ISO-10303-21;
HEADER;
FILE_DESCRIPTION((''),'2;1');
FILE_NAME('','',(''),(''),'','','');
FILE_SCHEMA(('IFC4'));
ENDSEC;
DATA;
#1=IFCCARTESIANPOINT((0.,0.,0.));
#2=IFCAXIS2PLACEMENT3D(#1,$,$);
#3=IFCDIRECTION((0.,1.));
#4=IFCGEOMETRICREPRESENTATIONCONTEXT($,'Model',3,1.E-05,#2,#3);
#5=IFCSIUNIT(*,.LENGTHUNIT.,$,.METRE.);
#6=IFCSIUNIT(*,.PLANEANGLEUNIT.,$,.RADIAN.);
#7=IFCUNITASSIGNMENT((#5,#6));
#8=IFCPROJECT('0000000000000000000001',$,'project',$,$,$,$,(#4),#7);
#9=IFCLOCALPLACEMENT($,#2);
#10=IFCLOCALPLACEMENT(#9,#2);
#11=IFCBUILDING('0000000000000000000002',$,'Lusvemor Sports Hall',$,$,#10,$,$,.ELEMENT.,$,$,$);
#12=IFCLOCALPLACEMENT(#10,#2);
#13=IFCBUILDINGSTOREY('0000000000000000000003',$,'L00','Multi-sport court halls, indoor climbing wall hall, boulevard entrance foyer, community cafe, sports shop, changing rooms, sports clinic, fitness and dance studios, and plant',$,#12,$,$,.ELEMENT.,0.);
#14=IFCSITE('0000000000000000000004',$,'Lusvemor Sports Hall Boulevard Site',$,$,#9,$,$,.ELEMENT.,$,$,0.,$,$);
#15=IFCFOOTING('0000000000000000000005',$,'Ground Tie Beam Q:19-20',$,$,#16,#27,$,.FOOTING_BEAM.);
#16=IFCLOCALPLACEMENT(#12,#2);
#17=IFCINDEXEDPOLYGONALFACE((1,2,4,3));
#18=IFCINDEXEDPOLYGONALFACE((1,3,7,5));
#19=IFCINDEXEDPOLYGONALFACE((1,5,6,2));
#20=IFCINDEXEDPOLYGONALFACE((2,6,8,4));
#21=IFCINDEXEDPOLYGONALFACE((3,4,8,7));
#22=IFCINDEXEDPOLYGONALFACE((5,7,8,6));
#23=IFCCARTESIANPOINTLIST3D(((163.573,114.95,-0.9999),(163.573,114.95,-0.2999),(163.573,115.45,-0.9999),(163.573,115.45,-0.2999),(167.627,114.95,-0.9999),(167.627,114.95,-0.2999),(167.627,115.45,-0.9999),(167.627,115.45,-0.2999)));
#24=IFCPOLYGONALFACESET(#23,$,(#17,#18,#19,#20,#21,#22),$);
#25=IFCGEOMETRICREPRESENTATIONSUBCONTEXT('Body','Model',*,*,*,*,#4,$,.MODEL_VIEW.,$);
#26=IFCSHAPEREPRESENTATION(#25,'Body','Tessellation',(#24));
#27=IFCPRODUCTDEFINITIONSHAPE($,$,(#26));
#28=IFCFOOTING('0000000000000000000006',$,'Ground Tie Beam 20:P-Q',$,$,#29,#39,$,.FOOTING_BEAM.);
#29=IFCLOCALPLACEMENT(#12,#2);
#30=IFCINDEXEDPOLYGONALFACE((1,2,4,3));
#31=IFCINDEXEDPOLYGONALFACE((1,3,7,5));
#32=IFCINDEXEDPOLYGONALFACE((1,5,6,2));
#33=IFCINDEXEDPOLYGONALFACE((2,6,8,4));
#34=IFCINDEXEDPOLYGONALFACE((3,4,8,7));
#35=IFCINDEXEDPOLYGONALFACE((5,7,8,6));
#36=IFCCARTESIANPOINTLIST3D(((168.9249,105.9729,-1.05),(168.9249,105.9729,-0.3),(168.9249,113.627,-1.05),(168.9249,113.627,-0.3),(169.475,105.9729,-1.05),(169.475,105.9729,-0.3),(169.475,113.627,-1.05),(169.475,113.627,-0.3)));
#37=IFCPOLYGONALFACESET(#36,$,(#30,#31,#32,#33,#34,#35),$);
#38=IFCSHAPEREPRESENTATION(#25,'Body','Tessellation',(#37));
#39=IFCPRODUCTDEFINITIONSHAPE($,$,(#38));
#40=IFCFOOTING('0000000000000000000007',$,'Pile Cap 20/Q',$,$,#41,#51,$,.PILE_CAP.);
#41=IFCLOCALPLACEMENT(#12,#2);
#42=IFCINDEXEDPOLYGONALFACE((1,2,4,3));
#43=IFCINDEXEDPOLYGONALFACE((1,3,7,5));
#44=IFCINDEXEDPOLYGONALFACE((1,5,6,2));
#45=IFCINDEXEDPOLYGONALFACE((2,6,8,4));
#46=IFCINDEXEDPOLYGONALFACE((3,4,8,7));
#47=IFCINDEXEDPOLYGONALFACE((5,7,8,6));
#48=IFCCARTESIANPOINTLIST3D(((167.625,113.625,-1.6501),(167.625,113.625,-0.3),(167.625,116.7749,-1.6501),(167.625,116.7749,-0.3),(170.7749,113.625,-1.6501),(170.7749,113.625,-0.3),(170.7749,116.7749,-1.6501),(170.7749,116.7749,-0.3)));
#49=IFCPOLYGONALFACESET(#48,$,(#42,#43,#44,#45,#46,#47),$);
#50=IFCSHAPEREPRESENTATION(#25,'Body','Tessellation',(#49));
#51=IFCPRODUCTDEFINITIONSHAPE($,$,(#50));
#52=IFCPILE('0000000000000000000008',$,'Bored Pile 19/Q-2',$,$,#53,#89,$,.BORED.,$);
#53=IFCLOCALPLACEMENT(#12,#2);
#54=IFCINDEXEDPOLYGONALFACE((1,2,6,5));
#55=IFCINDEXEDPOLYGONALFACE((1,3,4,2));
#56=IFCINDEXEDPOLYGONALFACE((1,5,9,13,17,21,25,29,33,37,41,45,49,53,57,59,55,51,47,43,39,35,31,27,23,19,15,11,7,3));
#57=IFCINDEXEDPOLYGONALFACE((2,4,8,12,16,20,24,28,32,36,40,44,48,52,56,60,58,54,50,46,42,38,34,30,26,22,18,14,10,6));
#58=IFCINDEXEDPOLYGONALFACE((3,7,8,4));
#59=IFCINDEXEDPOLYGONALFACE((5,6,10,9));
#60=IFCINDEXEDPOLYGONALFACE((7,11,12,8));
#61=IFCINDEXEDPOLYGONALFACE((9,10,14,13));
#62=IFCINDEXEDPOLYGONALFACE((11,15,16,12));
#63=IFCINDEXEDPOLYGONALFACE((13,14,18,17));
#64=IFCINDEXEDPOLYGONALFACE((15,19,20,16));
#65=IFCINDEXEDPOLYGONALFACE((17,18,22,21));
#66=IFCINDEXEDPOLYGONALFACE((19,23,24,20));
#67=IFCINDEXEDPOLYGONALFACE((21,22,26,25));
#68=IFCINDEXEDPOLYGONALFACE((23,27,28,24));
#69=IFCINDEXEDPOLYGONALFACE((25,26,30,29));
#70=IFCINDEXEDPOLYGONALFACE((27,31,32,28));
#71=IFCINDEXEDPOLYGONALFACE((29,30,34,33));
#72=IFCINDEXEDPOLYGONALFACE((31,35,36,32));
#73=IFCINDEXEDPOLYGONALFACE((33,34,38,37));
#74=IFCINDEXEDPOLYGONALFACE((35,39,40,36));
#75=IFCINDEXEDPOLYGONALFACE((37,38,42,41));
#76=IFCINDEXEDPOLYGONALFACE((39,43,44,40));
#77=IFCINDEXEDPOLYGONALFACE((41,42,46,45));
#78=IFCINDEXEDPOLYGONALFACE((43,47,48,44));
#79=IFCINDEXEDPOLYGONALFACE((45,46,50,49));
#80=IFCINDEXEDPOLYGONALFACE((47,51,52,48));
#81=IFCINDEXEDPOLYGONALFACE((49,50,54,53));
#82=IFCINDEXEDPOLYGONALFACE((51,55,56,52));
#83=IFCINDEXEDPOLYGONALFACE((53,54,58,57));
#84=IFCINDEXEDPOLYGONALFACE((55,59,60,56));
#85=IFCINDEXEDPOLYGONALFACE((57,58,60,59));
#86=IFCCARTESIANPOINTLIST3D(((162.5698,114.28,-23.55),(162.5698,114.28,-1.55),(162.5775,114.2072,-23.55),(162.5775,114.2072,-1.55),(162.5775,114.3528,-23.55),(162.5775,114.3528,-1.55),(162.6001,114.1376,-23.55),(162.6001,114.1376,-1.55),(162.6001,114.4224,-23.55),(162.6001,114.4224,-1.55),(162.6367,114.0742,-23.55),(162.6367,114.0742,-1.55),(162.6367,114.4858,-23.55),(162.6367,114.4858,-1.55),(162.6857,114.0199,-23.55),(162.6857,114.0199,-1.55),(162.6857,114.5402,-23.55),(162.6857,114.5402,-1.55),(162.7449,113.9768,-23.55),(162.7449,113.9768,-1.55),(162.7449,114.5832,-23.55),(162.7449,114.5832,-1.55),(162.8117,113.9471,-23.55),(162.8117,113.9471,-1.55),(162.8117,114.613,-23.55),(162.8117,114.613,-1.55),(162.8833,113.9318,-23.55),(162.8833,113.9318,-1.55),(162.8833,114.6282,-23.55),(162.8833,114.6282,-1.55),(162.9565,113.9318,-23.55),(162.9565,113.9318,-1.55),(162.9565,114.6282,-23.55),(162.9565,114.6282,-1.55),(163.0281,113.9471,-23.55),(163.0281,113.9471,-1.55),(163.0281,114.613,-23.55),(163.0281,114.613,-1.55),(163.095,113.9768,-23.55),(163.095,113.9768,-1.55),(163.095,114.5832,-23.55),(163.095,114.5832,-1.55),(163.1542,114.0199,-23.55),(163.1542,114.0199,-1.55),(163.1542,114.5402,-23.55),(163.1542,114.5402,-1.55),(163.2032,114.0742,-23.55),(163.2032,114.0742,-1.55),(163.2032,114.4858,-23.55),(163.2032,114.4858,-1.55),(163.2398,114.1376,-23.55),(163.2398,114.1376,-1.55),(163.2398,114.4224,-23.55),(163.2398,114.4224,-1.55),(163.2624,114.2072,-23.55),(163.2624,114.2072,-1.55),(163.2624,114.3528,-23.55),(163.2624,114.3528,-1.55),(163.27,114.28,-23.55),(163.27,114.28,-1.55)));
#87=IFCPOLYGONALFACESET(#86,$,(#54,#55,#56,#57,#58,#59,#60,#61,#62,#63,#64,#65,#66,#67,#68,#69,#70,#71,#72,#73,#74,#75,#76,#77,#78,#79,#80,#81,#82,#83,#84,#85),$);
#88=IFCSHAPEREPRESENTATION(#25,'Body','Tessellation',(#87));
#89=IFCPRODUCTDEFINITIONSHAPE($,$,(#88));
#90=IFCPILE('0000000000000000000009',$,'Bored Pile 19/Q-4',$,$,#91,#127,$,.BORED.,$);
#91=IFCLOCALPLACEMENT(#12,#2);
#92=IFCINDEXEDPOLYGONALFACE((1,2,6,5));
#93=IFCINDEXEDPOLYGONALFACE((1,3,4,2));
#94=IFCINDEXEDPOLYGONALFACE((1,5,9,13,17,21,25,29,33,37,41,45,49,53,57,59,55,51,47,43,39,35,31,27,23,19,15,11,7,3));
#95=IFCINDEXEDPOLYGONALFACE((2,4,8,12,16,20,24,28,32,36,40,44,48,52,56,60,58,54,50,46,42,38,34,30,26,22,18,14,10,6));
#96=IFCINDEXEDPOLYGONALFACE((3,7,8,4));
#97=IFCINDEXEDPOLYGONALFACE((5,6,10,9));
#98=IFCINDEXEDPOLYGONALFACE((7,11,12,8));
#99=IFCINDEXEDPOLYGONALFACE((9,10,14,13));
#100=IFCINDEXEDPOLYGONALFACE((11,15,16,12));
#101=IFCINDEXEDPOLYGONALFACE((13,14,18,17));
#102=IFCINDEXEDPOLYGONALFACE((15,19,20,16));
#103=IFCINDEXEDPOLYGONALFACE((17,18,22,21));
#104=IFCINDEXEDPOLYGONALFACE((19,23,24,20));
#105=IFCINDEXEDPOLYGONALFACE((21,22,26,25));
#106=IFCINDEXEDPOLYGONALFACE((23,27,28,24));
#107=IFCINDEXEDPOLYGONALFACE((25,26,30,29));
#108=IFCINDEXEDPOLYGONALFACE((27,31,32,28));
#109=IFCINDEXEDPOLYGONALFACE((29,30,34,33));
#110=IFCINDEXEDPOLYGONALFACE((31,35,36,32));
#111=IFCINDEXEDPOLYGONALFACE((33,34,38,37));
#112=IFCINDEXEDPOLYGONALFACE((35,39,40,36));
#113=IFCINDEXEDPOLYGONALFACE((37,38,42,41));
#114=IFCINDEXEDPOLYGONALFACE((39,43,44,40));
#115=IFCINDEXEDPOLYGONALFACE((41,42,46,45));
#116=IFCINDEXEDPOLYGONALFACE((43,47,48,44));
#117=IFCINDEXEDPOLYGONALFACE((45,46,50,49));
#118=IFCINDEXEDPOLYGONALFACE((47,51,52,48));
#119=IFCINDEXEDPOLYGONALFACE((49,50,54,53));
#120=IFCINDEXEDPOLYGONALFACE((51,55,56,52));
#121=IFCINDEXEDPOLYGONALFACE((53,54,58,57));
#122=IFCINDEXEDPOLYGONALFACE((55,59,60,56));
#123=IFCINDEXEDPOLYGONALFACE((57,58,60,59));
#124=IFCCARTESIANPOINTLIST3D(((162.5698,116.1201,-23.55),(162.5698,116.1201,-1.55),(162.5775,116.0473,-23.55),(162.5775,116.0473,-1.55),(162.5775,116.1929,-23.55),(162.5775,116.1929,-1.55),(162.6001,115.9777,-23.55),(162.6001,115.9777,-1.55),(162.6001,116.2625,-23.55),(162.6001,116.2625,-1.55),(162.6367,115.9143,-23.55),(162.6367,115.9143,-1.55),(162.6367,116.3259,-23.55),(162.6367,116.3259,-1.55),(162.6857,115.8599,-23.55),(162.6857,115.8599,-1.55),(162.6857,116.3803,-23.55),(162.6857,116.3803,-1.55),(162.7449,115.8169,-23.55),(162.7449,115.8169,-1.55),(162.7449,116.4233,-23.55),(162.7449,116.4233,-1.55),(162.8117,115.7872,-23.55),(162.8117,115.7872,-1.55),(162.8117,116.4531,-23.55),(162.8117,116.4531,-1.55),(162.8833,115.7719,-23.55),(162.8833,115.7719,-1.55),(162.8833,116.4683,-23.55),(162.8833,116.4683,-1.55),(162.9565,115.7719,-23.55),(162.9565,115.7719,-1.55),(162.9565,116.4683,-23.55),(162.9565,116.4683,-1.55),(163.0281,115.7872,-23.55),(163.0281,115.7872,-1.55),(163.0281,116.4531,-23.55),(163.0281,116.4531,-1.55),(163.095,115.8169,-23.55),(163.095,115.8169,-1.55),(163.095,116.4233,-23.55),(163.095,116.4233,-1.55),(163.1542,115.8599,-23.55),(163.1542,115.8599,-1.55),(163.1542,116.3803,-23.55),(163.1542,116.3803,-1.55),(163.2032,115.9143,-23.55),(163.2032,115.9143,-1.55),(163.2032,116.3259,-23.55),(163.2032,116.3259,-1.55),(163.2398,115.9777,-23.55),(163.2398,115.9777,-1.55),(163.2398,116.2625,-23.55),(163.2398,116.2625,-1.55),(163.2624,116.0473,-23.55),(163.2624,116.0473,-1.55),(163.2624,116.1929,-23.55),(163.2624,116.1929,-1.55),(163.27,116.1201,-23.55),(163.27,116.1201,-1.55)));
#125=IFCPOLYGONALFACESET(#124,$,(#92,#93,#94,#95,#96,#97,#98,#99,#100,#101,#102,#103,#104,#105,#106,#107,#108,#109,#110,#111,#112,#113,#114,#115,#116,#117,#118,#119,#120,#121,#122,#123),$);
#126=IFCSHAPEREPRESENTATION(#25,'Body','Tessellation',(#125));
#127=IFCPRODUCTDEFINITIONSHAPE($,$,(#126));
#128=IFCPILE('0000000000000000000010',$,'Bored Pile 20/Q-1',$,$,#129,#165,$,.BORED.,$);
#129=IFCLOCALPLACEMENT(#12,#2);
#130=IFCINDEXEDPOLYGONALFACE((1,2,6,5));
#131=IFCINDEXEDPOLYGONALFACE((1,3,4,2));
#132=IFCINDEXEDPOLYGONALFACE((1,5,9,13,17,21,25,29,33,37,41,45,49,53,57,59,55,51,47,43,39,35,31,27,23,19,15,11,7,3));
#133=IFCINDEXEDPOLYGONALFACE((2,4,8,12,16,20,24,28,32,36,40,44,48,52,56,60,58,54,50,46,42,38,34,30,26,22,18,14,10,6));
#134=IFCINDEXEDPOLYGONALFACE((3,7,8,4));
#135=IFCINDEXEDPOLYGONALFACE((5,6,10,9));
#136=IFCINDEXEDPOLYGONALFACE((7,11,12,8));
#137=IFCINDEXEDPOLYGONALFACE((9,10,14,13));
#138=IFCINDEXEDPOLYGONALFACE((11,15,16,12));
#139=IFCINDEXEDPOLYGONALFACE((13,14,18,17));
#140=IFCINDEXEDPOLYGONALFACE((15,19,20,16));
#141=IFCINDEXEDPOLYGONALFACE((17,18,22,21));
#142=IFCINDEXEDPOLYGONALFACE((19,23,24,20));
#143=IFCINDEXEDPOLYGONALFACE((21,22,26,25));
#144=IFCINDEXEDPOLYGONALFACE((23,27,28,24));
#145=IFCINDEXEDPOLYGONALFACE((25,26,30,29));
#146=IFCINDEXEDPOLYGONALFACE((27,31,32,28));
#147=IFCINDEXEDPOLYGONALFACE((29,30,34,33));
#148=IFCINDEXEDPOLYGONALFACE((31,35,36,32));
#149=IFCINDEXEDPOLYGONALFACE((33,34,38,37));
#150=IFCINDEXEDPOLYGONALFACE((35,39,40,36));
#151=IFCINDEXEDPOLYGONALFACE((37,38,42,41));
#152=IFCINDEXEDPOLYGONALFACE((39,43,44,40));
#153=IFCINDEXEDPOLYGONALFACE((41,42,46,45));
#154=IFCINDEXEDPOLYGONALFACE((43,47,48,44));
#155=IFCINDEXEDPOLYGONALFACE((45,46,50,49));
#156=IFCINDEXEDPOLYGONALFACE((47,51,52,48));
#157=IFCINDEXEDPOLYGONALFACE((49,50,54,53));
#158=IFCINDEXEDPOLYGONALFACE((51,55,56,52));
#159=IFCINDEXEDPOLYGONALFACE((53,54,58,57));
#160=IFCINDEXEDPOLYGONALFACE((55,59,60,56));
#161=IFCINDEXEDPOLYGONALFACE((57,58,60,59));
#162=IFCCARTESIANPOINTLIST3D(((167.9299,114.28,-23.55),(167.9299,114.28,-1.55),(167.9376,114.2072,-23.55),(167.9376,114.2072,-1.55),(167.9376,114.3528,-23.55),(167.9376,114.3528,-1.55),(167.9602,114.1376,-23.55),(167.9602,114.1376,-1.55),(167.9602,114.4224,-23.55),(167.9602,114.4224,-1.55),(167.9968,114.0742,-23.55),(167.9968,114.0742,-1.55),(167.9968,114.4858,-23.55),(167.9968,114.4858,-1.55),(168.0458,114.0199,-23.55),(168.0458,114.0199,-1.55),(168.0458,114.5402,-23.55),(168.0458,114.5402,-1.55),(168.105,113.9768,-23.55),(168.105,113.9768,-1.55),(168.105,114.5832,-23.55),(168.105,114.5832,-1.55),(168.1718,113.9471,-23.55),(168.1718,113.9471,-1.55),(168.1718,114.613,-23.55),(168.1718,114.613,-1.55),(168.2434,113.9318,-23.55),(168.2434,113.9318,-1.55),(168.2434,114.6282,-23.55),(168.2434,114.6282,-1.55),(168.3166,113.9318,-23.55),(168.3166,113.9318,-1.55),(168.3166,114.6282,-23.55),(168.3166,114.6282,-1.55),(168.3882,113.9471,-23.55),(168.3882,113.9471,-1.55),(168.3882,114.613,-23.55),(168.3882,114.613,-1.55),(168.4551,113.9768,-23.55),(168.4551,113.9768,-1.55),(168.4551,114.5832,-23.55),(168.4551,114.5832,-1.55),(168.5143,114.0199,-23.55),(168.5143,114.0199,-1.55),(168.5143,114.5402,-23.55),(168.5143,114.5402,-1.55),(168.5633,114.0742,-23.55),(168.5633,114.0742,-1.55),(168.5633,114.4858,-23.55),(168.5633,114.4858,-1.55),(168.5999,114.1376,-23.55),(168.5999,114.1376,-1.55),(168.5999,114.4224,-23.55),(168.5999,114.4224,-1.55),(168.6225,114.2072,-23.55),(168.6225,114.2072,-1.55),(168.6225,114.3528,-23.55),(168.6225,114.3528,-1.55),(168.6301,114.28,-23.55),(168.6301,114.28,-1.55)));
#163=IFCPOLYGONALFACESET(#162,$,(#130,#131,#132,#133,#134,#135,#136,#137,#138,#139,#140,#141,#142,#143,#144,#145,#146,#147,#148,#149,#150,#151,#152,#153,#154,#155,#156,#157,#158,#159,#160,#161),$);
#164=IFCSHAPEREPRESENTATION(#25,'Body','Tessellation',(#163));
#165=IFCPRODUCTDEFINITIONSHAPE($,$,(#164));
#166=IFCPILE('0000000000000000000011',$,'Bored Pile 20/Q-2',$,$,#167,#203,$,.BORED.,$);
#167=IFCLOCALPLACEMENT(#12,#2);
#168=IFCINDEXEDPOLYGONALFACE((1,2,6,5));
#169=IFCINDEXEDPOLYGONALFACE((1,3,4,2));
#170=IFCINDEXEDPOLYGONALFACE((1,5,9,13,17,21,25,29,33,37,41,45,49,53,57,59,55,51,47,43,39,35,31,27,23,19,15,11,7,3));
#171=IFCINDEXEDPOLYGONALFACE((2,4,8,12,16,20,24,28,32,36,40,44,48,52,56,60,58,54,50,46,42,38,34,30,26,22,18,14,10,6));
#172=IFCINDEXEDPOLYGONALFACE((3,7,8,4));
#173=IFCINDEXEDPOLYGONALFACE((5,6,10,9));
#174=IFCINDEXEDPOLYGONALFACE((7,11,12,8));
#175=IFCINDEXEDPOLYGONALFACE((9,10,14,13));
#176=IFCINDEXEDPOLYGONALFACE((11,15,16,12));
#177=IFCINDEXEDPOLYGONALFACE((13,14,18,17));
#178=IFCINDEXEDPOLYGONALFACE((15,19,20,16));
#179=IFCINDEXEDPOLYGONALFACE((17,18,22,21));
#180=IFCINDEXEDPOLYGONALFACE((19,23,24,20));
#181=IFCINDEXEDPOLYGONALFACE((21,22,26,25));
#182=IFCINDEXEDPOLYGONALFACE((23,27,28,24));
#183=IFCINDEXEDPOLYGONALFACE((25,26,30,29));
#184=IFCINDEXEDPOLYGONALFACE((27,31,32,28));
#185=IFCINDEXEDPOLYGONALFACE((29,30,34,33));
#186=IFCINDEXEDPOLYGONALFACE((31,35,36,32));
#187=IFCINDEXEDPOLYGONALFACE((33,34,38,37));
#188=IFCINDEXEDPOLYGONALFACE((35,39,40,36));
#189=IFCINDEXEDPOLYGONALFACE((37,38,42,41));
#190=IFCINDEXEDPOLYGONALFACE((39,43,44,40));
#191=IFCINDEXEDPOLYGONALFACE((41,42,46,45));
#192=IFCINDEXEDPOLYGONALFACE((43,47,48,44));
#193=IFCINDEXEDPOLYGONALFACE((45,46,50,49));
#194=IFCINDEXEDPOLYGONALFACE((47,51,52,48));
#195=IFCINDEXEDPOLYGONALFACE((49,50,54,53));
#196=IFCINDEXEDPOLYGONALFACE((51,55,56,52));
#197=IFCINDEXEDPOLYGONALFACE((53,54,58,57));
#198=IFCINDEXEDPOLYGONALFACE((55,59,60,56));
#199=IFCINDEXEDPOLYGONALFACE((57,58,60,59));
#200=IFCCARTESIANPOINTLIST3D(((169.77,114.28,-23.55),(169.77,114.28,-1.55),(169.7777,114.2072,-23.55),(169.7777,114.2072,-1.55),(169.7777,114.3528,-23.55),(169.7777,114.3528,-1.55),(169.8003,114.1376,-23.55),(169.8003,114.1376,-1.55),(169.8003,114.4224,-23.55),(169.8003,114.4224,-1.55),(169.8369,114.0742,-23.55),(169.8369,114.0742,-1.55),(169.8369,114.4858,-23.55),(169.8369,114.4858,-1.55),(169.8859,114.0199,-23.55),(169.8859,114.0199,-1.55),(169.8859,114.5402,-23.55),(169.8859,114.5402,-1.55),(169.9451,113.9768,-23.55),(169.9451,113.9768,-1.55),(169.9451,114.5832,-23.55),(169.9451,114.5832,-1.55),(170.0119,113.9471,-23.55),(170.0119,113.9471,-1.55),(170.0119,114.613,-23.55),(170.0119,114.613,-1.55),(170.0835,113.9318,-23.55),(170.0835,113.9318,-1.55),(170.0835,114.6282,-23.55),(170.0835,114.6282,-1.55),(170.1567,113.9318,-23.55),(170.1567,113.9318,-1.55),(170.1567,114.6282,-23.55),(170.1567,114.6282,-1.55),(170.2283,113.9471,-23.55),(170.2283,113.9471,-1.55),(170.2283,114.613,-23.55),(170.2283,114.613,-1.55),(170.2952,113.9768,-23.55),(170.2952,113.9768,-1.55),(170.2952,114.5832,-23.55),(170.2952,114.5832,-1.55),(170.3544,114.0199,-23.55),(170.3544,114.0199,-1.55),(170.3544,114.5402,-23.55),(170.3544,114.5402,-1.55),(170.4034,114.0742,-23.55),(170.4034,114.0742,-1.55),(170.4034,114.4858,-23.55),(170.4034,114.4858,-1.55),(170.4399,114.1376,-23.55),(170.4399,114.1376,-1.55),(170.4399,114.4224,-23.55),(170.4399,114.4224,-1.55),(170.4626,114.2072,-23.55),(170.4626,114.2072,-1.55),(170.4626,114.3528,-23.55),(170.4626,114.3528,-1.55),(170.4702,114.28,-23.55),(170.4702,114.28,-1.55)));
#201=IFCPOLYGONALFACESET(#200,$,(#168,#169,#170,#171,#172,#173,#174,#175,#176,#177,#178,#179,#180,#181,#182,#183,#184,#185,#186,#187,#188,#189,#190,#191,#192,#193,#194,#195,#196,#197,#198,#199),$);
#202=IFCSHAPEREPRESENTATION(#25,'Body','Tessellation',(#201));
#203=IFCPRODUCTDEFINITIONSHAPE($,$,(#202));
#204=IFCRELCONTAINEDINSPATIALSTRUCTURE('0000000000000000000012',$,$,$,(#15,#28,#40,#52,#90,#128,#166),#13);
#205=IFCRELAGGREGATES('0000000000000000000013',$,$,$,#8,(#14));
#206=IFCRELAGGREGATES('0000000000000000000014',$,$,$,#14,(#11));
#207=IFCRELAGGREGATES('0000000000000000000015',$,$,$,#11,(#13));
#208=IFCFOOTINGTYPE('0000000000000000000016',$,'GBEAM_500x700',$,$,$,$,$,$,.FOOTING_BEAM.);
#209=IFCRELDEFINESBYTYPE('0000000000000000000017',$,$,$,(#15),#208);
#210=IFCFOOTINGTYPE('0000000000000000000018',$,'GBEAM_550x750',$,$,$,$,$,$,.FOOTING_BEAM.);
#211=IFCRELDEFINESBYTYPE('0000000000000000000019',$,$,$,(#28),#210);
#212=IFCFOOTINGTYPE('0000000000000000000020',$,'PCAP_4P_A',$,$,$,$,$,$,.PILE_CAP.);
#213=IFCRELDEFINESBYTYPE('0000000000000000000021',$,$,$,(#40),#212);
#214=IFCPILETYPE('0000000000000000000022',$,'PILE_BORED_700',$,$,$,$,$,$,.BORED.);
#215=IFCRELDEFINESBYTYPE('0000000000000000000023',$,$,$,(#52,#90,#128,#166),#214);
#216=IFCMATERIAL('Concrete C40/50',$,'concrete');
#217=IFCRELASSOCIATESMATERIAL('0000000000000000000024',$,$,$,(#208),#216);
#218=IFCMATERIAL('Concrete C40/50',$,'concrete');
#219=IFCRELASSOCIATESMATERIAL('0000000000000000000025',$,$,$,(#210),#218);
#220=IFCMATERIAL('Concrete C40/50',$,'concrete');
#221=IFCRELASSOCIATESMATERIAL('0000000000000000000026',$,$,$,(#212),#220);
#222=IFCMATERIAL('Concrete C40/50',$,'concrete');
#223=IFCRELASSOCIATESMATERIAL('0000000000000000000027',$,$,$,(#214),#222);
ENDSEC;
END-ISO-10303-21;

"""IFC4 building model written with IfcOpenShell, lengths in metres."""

from ifc_helpers import new_model, si_unit, direction, frame, origin, origin_2d, place, context, subcontext, project, spatial, rectangle, circle, extrude, material, material_profile, profile_set, type_object, element, save


model = new_model("IFC4")

# Units and contexts
model_context = context("Model", 3, precision=1e-05, world=origin(), true_north=direction((0.0, 1.0)))
body_context = subcontext(model_context, "Body", "Model", "MODEL_VIEW")
ifc_project = project(units=[si_unit("LENGTHUNIT", "METRE"), si_unit("PLANEANGLEUNIT", "RADIAN")], contexts=[model_context])

# Site, building, storey
site_placement = place(None, origin())
site = spatial("IfcSite", under=ifc_project, at=site_placement, Name="Lusvemor Sports Hall Boulevard Site", CompositionType="ELEMENT", RefElevation=0.0)
building_placement = place(site_placement, origin())
building = spatial("IfcBuilding", under=site, at=building_placement, Name="Lusvemor Sports Hall", CompositionType="ELEMENT")
storey_placement = place(building_placement, origin())
storey = spatial("IfcBuildingStorey", under=building, at=storey_placement, Name="L00", Description="Multi-sport court halls, indoor climbing wall hall, boulevard entrance foyer, community cafe, sports shop, changing rooms, sports clinic, fitness and dance studios, and plant", CompositionType="ELEMENT", Elevation=0.0)

# Footings
ifc_material_1 = material(Name="Concrete C40/50", Category="concrete")
ifc_material_profile_1 = material_profile(ifc_material_1, rectangle(XDim=0.5, YDim=0.7, at=origin_2d()), Name="GB_500x700")
ifc_profile_set_1 = profile_set([ifc_material_profile_1], Name="Concrete C40/50")
footing_type_1 = type_object("IfcFootingType", Name="GBEAM_500x700", PredefinedType="FOOTING_BEAM", material=ifc_profile_set_1)
footing_1_placement = place(storey_placement, frame((163.573, 115.2, -0.6499), z_axis=(1.0, 0.0, 0.0), x_axis=(0.0, 1.0, 0.0)))
element("IfcFooting", 1, at=footing_1_placement, inside=storey, type_object=footing_type_1, Name="Ground Tie Beam Q:19-20", PredefinedType="FOOTING_BEAM", context=body_context, shape_type="SweptSolid", body=[
    extrude(rectangle(XDim=0.5, YDim=0.7, at=origin_2d()), origin(), (0.0, 0.0, 1.0), 4.054),
])
ifc_material_2 = material(Name="Concrete C40/50", Category="concrete")
ifc_material_profile_2 = material_profile(ifc_material_2, rectangle(XDim=0.55, YDim=0.75, at=origin_2d()), Name="GB_550x750")
ifc_profile_set_2 = profile_set([ifc_material_profile_2], Name="Concrete C40/50")
footing_type_2 = type_object("IfcFootingType", Name="GBEAM_550x750", PredefinedType="FOOTING_BEAM", material=ifc_profile_set_2)
footing_2_placement = place(storey_placement, frame((169.2, 105.9729, -0.675), z_axis=(0.0, 1.0, 0.0), x_axis=(-1.0, 0.0, 0.0)))
element("IfcFooting", 2, at=footing_2_placement, inside=storey, type_object=footing_type_2, Name="Ground Tie Beam 20:P-Q", PredefinedType="FOOTING_BEAM", context=body_context, shape_type="SweptSolid", body=[
    extrude(rectangle(XDim=0.55, YDim=0.75, at=origin_2d()), origin(), (0.0, 0.0, 1.0), 7.6541),
])
ifc_material_3 = material(Name="Concrete C40/50", Category="concrete")
footing_type_3 = type_object("IfcFootingType", Name="PCAP_4P_A", PredefinedType="PILE_CAP", material=ifc_material_3)
footing_3_placement = place(storey_placement, frame((169.2, 115.2, -1.6501), z_axis=(0.0, 0.0, 1.0), x_axis=(1.0, 0.0, 0.0)))
element("IfcFooting", 3, at=footing_3_placement, inside=storey, type_object=footing_type_3, Name="Pile Cap 20/Q", PredefinedType="PILE_CAP", context=body_context, shape_type="SweptSolid", body=[
    extrude(rectangle(XDim=3.1499, YDim=3.1499, at=origin_2d()), origin(), (0.0, 0.0, 1.0), 1.3501),
])

# Piles
ifc_material_4 = material(Name="Concrete C40/50", Category="concrete")
ifc_material_profile_3 = material_profile(ifc_material_4, circle(Radius=0.3501, at=origin_2d()), Name="PILE700")
ifc_profile_set_3 = profile_set([ifc_material_profile_3], Name="Concrete C40/50")
pile_type = type_object("IfcPileType", Name="PILE_BORED_700", PredefinedType="BORED", material=ifc_profile_set_3)
for number, where, z_axis, x_axis, name in (
    (4, (162.9199, 114.28, -1.55), (0.0, 0.0, -1.0), (1.0, 0.0, 0.0), "Bored Pile 19/Q-2"),
    (5, (162.9199, 116.1201, -1.55), (0.0, 0.0, -1.0), (1.0, 0.0, 0.0), "Bored Pile 19/Q-4"),
    (6, (168.28, 114.28, -1.55), (0.0, 0.0, -1.0), (1.0, 0.0, 0.0), "Bored Pile 20/Q-1"),
    (7, (170.1201, 114.28, -1.55), (0.0, 0.0, -1.0), (1.0, 0.0, 0.0), "Bored Pile 20/Q-2"),
):
    element("IfcPile", number, at=place(storey_placement, frame(where, z_axis=z_axis, x_axis=x_axis)), inside=storey, type_object=pile_type, Name=name, PredefinedType="BORED", context=body_context, shape_type="SweptSolid", body=[
        extrude(circle(Radius=0.3501, at=origin_2d()), origin(), (0.0, 0.0, 1.0), 22.0),
    ])

save(model, "model.ifc")
